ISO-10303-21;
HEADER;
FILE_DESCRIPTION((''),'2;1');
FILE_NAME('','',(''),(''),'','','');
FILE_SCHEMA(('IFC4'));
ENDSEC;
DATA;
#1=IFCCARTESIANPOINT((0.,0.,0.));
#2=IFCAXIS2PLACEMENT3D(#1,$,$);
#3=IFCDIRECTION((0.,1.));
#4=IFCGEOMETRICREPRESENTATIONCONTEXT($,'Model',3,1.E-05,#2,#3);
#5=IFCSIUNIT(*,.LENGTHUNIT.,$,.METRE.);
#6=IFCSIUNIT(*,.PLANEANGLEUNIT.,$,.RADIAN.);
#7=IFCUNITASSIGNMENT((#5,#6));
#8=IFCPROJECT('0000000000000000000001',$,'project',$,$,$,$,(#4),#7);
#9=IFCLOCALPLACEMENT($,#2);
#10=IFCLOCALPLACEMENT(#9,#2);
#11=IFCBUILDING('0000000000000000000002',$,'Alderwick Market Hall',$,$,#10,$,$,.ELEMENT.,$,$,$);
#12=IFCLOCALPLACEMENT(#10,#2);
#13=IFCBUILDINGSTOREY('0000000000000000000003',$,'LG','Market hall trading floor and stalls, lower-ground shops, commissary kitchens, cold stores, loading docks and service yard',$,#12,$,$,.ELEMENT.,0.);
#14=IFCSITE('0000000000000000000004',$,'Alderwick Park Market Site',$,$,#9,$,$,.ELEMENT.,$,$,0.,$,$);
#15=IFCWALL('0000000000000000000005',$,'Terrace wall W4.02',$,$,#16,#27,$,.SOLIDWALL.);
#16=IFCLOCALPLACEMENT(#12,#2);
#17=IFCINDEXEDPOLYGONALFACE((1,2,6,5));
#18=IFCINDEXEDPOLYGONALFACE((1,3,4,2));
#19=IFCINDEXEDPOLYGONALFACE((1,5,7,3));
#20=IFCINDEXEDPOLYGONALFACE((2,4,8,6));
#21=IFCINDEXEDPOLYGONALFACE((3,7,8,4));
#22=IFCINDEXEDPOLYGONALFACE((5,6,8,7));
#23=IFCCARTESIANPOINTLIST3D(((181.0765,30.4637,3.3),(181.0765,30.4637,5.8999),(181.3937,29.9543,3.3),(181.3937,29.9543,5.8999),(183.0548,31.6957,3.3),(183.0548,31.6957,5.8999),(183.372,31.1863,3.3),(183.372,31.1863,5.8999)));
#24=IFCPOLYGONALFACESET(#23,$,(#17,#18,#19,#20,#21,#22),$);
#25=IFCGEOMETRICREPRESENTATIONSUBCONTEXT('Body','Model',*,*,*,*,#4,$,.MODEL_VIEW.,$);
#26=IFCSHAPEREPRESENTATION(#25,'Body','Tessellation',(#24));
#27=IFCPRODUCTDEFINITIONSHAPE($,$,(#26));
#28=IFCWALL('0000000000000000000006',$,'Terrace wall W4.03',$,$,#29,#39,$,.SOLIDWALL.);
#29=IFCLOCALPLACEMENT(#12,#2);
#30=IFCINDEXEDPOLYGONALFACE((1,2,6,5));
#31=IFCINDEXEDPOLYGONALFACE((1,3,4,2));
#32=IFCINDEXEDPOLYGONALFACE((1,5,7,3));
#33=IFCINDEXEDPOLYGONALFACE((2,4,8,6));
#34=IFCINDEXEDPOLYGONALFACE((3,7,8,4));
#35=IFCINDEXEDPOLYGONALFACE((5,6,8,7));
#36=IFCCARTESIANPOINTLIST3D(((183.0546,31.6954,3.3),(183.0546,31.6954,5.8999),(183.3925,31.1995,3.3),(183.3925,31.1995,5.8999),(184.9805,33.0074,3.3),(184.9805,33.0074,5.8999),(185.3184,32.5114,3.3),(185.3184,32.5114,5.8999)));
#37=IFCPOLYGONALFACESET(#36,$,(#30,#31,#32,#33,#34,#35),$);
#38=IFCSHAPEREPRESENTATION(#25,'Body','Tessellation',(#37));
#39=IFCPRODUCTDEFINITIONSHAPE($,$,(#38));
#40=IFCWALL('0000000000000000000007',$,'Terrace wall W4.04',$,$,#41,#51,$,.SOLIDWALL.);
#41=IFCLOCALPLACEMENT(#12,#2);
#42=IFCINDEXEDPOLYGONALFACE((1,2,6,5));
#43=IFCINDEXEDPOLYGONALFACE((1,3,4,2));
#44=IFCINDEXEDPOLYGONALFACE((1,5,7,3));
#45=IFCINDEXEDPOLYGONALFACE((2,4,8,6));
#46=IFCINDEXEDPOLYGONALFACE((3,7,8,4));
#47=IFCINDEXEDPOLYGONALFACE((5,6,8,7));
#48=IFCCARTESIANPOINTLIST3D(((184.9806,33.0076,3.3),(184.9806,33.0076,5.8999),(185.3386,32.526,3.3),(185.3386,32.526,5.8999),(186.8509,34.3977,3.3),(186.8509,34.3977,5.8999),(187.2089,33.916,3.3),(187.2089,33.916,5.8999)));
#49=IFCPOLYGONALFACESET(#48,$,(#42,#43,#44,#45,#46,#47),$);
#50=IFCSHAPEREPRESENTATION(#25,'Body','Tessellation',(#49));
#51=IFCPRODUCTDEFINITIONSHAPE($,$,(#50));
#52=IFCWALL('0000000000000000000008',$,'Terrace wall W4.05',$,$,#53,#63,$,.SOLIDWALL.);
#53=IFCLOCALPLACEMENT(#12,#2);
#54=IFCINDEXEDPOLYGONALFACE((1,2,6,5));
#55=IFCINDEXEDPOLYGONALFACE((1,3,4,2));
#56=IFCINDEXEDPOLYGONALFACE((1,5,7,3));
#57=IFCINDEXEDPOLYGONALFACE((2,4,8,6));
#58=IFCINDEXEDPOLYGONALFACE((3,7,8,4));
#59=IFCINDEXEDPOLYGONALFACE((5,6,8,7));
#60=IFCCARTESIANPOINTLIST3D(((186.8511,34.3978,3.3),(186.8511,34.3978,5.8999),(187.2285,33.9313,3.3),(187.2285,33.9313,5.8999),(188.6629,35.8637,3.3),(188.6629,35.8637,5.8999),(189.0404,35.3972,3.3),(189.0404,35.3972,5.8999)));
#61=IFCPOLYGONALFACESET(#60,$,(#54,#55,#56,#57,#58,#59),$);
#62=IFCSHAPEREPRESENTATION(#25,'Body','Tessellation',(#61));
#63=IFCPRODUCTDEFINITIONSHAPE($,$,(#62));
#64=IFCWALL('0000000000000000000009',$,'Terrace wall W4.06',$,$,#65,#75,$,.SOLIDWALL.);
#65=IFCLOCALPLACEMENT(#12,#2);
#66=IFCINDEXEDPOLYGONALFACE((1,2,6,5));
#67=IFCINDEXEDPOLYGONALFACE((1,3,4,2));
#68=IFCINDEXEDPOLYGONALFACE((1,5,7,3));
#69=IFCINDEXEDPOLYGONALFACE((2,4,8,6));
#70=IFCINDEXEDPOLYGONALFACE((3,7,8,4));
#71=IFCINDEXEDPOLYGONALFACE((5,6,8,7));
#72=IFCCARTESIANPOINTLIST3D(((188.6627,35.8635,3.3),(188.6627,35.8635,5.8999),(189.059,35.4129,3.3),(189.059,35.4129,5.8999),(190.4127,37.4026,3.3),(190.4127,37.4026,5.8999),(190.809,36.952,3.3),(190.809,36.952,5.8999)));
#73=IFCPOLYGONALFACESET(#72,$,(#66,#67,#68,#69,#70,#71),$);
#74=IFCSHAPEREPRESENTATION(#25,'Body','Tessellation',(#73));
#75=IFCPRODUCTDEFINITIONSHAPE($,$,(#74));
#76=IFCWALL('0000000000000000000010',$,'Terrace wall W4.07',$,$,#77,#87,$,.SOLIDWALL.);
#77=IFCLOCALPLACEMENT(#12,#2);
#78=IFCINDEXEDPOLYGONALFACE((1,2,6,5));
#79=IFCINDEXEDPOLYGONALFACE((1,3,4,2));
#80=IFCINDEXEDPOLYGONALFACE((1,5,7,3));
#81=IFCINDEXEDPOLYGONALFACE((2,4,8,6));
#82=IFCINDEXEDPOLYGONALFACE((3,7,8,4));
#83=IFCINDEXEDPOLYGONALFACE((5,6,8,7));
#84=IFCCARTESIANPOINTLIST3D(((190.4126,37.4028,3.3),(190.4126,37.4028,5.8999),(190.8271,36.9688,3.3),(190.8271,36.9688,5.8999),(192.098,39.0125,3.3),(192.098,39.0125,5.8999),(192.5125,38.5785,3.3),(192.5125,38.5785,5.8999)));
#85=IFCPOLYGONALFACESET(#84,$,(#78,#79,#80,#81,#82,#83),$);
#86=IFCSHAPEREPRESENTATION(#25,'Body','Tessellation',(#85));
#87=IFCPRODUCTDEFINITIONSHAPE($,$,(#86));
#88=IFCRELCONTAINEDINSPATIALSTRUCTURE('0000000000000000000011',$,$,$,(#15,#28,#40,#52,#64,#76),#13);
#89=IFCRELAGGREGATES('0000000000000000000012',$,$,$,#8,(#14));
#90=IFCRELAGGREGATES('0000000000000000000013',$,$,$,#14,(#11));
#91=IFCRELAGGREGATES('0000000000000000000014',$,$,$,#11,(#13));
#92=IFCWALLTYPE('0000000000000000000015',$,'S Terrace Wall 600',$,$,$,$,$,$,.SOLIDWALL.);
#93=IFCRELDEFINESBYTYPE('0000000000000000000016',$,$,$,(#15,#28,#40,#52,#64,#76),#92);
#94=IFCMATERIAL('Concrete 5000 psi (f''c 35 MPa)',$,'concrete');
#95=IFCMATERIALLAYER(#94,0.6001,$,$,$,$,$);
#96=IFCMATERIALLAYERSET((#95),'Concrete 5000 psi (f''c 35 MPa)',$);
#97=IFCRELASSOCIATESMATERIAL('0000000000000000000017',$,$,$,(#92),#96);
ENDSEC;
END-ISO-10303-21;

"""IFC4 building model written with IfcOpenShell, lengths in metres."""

from ifc_helpers import new_model, si_unit, direction, frame, frame_2d, origin, place, context, subcontext, project, spatial, rectangle, extrude, material, layer, layer_set, type_object, element, save


model = new_model("IFC4")

# Units and contexts
model_context = context("Model", 3, precision=1e-05, world=origin(), true_north=direction((0.0, 1.0)))
body_context = subcontext(model_context, "Body", "Model", "MODEL_VIEW")
ifc_project = project(units=[si_unit("LENGTHUNIT", "METRE"), si_unit("PLANEANGLEUNIT", "RADIAN")], contexts=[model_context])

# Site, building, storey
site_placement = place(None, origin())
site = spatial("IfcSite", under=ifc_project, at=site_placement, Name="Alderwick Park Market Site", CompositionType="ELEMENT", RefElevation=0.0)
building_placement = place(site_placement, origin())
building = spatial("IfcBuilding", under=site, at=building_placement, Name="Alderwick Market Hall", CompositionType="ELEMENT")
storey_placement = place(building_placement, origin())
storey = spatial("IfcBuildingStorey", under=building, at=storey_placement, Name="LG", Description="Market hall trading floor and stalls, lower-ground shops, commissary kitchens, cold stores, loading docks and service yard", CompositionType="ELEMENT", Elevation=0.0)

# Shared definitions
ifc_material_1 = material(Name="Concrete 5000 psi (f'c 35 MPa)", Category="concrete")

# Walls
ifc_layer_1 = layer(ifc_material_1, 0.6001)
ifc_layer_set_1 = layer_set([ifc_layer_1], Name="Concrete 5000 psi (f'c 35 MPa)")
wall_type_1 = type_object("IfcWallType", Name="S Terrace Wall 600", PredefinedType="SOLIDWALL", material=ifc_layer_set_1)
wall_placement = place(storey_placement, frame((181.2351, 30.209, 3.3), z_axis=(0.0, 0.0, 1.0), x_axis=(0.848862, 0.528614, 0.0)))
element("IfcWall", 1, at=wall_placement, inside=storey, type_object=wall_type_1, Name="Terrace wall W4.02", PredefinedType="SOLIDWALL", context=body_context, shape_type="SweptSolid", body=[
    extrude(rectangle(XDim=2.3306, YDim=0.6001, at=frame_2d((1.1653, 0.0))), origin(), (0.0, 0.0, 1.0), 2.5999),
])
for number, where, z_axis, x_axis, name in (
    (2, (183.2236, 31.4475, 3.3), (0.0, 0.0, 1.0), (0.826464, 0.562989, 0.0), "Terrace wall W4.03"),
    (3, (185.1597, 32.7668, 3.3), (0.0, 0.0, 1.0), (0.802595, 0.596525, 0.0), "Terrace wall W4.04"),
):
    element("IfcWall", number, at=place(storey_placement, frame(where, z_axis=z_axis, x_axis=x_axis)), inside=storey, type_object=wall_type_1, Name=name, PredefinedType="SOLIDWALL", context=body_context, shape_type="SweptSolid", body=[
        extrude(rectangle(XDim=2.3303, YDim=0.6001, at=frame_2d((1.165, 0.0))), origin(), (0.0, 0.0, 1.0), 2.5999),
    ])
for number, where, z_axis, x_axis, name in (
    (4, (187.0398, 34.1646, 3.3), (0.0, 0.0, 1.0), (0.777423, 0.628978, 0.0), "Terrace wall W4.05"),
    (5, (188.8608, 35.6382, 3.3), (0.0, 0.0, 1.0), (0.750913, 0.660401, 0.0), "Terrace wall W4.06"),
    (6, (190.6199, 37.1858, 3.3), (0.0, 0.0, 1.0), (0.723158, 0.690683, 0.0), "Terrace wall W4.07"),
):
    element("IfcWall", number, at=place(storey_placement, frame(where, z_axis=z_axis, x_axis=x_axis)), inside=storey, type_object=wall_type_1, Name=name, PredefinedType="SOLIDWALL", context=body_context, shape_type="SweptSolid", body=[
        extrude(rectangle(XDim=2.3306, YDim=0.6001, at=frame_2d((1.1653, 0.0))), origin(), (0.0, 0.0, 1.0), 2.5999),
    ])

save(model, "model.ifc")
